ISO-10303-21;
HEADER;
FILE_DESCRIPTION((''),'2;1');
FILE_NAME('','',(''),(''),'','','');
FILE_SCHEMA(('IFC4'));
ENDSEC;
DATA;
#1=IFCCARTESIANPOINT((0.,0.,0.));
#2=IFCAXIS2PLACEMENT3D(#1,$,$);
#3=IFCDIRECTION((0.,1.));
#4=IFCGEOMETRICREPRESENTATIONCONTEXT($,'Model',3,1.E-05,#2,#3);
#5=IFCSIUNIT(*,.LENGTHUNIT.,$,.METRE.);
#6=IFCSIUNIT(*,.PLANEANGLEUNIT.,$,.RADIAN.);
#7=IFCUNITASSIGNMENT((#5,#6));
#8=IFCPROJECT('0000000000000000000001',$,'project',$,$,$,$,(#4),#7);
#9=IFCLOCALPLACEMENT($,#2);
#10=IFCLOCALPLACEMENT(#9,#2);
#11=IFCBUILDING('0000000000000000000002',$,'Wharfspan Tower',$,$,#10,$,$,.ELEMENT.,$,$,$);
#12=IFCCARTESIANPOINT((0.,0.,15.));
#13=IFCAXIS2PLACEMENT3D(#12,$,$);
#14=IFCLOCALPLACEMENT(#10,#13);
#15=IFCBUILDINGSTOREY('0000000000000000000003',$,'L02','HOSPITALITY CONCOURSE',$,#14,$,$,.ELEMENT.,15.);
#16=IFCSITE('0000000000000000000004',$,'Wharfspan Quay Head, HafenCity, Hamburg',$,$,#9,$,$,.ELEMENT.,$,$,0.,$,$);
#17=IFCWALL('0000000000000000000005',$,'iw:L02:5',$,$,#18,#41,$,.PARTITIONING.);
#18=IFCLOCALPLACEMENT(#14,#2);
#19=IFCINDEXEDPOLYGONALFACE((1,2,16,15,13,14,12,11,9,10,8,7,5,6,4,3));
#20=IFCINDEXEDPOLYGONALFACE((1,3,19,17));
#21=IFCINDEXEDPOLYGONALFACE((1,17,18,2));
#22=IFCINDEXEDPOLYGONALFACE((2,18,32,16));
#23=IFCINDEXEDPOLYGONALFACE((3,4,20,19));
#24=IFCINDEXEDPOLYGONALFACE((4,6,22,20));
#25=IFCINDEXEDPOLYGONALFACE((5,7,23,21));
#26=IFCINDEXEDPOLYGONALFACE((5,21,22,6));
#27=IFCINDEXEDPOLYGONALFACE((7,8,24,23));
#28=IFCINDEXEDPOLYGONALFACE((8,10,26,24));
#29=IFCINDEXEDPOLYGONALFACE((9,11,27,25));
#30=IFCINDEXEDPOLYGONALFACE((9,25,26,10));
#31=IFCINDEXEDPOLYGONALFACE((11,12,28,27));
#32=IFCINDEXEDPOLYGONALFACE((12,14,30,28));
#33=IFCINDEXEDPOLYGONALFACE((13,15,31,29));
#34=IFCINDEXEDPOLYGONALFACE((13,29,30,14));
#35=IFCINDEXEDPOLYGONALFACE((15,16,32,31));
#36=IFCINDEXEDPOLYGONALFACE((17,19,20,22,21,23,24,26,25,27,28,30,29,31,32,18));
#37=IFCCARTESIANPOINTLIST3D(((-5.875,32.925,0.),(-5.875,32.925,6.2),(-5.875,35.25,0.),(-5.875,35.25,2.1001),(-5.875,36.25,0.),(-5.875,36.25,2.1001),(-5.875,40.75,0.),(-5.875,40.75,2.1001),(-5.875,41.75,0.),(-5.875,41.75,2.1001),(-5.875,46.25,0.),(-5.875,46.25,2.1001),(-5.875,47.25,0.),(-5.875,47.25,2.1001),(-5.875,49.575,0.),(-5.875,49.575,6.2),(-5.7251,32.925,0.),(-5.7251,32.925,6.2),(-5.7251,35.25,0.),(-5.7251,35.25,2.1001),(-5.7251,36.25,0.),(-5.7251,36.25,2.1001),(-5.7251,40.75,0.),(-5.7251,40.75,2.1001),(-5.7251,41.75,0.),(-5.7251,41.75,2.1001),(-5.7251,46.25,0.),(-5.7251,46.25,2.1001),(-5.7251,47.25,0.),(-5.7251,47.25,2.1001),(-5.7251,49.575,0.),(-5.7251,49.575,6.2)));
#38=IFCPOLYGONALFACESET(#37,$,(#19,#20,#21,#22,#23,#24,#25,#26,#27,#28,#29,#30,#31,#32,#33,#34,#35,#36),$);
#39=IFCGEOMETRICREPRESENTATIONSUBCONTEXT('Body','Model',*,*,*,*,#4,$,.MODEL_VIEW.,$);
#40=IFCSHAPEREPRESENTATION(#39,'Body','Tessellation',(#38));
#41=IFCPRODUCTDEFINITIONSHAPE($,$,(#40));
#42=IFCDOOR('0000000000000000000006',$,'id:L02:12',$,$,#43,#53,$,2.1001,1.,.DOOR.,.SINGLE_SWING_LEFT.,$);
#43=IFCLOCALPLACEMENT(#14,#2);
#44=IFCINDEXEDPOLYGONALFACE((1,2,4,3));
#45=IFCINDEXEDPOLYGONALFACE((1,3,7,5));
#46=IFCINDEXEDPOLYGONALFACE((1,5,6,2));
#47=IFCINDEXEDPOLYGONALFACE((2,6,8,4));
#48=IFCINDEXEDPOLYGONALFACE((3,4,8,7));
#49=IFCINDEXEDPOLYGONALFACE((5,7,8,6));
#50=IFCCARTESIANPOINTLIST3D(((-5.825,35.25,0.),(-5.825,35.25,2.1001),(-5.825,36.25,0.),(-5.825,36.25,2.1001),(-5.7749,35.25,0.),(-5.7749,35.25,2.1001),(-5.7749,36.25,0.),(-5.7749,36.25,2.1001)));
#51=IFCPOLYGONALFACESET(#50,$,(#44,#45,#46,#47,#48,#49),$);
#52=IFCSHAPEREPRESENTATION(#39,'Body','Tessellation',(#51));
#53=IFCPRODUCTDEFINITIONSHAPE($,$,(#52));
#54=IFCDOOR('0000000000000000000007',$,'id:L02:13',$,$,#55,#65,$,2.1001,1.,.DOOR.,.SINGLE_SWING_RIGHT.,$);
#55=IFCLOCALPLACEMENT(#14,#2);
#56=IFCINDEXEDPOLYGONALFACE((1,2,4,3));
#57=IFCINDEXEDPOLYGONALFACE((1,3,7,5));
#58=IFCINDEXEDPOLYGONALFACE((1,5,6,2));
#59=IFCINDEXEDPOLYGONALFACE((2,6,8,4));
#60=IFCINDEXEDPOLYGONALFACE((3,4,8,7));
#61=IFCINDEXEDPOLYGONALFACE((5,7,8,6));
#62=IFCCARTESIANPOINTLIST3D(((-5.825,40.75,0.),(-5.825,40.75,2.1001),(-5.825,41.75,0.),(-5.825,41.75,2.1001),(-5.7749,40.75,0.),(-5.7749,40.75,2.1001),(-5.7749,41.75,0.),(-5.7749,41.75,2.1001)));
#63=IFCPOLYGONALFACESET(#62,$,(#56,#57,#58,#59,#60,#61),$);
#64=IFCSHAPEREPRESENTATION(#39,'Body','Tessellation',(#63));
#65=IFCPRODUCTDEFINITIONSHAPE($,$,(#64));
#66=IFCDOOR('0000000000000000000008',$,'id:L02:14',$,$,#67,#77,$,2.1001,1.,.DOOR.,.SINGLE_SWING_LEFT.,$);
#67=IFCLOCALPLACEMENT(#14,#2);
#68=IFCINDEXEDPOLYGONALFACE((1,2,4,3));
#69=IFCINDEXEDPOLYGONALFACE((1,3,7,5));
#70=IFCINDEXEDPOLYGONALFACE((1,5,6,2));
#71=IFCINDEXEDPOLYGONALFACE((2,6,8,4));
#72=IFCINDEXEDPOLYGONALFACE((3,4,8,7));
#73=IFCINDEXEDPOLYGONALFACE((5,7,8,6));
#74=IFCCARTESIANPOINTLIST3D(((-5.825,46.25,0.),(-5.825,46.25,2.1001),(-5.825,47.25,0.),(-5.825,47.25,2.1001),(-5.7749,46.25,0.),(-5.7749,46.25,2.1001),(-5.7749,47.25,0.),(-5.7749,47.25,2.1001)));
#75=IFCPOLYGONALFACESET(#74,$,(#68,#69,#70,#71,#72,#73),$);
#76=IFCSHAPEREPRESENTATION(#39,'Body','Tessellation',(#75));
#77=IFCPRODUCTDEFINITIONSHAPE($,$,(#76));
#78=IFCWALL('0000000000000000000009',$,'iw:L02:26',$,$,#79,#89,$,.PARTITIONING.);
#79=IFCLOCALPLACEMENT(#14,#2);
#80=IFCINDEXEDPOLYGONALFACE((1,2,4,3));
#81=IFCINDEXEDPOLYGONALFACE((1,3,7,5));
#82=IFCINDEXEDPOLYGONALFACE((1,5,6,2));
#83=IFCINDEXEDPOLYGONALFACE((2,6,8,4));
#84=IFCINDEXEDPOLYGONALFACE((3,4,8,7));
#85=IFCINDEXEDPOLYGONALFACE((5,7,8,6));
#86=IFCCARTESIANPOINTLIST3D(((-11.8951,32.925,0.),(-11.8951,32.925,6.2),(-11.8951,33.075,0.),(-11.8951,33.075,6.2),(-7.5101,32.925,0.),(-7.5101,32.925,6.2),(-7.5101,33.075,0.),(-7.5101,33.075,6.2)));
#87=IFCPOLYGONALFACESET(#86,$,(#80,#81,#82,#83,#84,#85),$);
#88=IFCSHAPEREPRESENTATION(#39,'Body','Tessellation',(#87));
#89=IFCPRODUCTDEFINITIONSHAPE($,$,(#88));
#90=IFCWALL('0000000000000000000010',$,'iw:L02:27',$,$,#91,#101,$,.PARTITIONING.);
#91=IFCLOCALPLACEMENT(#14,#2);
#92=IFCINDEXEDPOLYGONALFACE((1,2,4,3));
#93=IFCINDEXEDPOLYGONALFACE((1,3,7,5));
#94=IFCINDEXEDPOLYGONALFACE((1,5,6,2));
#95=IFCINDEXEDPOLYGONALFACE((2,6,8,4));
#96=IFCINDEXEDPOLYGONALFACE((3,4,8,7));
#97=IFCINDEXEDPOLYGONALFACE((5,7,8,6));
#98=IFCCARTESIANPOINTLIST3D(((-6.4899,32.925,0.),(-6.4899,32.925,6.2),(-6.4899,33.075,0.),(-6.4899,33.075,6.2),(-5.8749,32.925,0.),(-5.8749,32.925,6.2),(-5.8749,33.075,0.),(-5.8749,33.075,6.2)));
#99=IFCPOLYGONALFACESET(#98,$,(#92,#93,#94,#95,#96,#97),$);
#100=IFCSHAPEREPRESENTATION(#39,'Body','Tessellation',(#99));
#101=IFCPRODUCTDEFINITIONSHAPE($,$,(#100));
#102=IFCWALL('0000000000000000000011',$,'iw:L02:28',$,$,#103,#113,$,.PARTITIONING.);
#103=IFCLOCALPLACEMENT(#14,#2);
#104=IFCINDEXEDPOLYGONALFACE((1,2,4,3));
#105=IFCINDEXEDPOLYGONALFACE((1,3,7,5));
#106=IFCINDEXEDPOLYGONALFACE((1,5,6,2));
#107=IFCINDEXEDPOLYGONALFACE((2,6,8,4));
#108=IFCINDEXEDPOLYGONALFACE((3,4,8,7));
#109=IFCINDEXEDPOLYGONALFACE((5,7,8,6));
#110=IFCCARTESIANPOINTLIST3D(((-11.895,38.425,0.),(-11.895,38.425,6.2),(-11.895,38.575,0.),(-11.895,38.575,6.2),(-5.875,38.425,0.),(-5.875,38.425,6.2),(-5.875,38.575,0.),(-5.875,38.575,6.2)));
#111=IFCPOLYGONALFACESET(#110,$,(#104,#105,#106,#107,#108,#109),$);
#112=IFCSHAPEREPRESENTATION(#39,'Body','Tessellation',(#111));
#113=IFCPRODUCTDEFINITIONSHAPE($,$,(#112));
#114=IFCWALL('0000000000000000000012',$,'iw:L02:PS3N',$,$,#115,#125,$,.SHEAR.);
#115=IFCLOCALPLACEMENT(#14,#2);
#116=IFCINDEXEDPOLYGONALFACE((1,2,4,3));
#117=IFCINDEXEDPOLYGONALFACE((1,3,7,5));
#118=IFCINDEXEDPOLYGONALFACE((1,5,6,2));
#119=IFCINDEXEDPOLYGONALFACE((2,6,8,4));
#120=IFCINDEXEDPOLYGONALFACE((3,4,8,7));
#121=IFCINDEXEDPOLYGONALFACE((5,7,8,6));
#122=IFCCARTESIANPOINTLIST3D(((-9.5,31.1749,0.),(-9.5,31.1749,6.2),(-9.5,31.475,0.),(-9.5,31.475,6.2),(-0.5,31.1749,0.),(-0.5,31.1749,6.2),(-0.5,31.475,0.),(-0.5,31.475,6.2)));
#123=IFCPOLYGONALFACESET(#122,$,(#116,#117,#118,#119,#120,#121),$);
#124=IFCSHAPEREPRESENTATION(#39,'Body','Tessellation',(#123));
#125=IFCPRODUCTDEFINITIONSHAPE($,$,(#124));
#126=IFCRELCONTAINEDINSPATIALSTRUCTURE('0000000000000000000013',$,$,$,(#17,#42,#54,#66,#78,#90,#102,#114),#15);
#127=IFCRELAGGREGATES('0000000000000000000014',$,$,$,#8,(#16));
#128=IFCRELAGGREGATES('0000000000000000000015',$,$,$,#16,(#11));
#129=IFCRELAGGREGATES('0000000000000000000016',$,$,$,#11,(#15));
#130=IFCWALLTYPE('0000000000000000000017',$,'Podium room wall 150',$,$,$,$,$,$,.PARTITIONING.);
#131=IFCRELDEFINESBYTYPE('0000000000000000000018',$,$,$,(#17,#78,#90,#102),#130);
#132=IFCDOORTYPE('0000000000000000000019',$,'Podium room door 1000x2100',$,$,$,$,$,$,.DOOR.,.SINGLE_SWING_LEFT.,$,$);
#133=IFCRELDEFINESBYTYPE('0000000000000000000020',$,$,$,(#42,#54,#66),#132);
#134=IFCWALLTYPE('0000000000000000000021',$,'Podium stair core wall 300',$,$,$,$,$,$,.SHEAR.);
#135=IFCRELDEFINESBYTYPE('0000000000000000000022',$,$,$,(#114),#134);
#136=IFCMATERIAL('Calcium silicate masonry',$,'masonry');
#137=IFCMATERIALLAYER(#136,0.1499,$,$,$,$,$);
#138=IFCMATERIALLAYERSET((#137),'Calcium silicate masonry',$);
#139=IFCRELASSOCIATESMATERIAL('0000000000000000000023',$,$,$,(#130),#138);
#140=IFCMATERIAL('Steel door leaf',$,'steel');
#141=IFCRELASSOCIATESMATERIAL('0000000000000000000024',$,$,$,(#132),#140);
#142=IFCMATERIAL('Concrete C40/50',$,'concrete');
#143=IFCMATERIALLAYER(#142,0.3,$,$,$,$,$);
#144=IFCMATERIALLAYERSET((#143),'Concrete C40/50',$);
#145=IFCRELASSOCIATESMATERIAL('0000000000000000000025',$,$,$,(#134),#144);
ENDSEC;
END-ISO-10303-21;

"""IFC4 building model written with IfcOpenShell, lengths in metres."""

from ifc_helpers import new_model, si_unit, direction, frame, frame_2d, origin, place, context, subcontext, project, spatial, rectangle, extrude, material, layer, layer_set, type_object, element, fill, save


model = new_model("IFC4")

# Units and contexts
model_context = context("Model", 3, precision=1e-05, world=origin(), true_north=direction((0.0, 1.0)))
body_context = subcontext(model_context, "Body", "Model", "MODEL_VIEW")
ifc_project = project(units=[si_unit("LENGTHUNIT", "METRE"), si_unit("PLANEANGLEUNIT", "RADIAN")], contexts=[model_context])

# Site, building, storey
site_placement = place(None, origin())
site = spatial("IfcSite", under=ifc_project, at=site_placement, Name="Wharfspan Quay Head, HafenCity, Hamburg", CompositionType="ELEMENT", RefElevation=0.0)
building_placement = place(site_placement, origin())
building = spatial("IfcBuilding", under=site, at=building_placement, Name="Wharfspan Tower", CompositionType="ELEMENT")
storey_placement = place(building_placement, frame((0.0, 0.0, 15.0)))
storey = spatial("IfcBuildingStorey", under=building, at=storey_placement, Name="L02", Description="HOSPITALITY CONCOURSE", CompositionType="ELEMENT", Elevation=15.0)

# Wall, openings, doors
ifc_material_1 = material(Name="Calcium silicate masonry", Category="masonry")
ifc_layer_1 = layer(ifc_material_1, 0.1499)
ifc_layer_set_1 = layer_set([ifc_layer_1], Name="Calcium silicate masonry")
wall_type_1 = type_object("IfcWallType", Name="Podium room wall 150", PredefinedType="PARTITIONING", material=ifc_layer_set_1)
wall_1_placement = place(storey_placement, frame((-5.8, 32.925, 0.0), z_axis=(0.0, 0.0, 1.0), x_axis=(0.0, 1.0, 0.0)))
wall_1 = element("IfcWall", 1, at=wall_1_placement, inside=storey, type_object=wall_type_1, Name="iw:L02:5", PredefinedType="PARTITIONING", context=body_context, shape_type="SweptSolid", body=[
    extrude(rectangle(XDim=16.6499, YDim=0.1499, at=frame_2d((8.325, 0.0))), origin(), (0.0, 0.0, 1.0), 6.2),
])
opening_1_placement = place(wall_1_placement, frame((2.325, 0.0, 0.0)))
opening_1 = element("IfcOpeningElement", 2, at=opening_1_placement, cuts=wall_1, PredefinedType="OPENING", context=body_context, shape_type="SweptSolid", body=[
    extrude(rectangle(XDim=1.0, YDim=2.1001, at=frame_2d((0.5, 1.05))), frame((0.0, 0.085, 0.0), z_axis=(0.0, -1.0, 0.0), x_axis=(1.0, 0.0, 0.0)), (0.0, 0.0, 1.0), 0.1699),
])
opening_2_placement = place(wall_1_placement, frame((7.825, 0.0, 0.0)))
opening_2 = element("IfcOpeningElement", 3, at=opening_2_placement, cuts=wall_1, PredefinedType="OPENING", context=body_context, shape_type="SweptSolid", body=[
    extrude(rectangle(XDim=1.0, YDim=2.1001, at=frame_2d((0.5, 1.05))), frame((0.0, 0.085, 0.0), z_axis=(0.0, -1.0, 0.0), x_axis=(1.0, 0.0, 0.0)), (0.0, 0.0, 1.0), 0.1699),
])
opening_3_placement = place(wall_1_placement, frame((13.325, 0.0, 0.0)))
opening_3 = element("IfcOpeningElement", 4, at=opening_3_placement, cuts=wall_1, PredefinedType="OPENING", context=body_context, shape_type="SweptSolid", body=[
    extrude(rectangle(XDim=1.0, YDim=2.1001, at=frame_2d((0.5, 1.05))), frame((0.0, 0.085, 0.0), z_axis=(0.0, -1.0, 0.0), x_axis=(1.0, 0.0, 0.0)), (0.0, 0.0, 1.0), 0.1699),
])
ifc_material_2 = material(Name="Steel door leaf", Category="steel")
door_type = type_object("IfcDoorType", Name="Podium room door 1000x2100", OperationType="SINGLE_SWING_LEFT", PredefinedType="DOOR", material=ifc_material_2)
door_1_placement = place(opening_1_placement, origin())
door_1 = element("IfcDoor", 5, at=door_1_placement, inside=storey, type_object=door_type, Name="id:L02:12", OperationType="SINGLE_SWING_LEFT", OverallHeight=2.1001, OverallWidth=1.0, PredefinedType="DOOR", context=body_context, shape_type="SweptSolid", body=[
    extrude(rectangle(XDim=1.0, YDim=2.1001, at=frame_2d((0.5, 1.05))), frame((0.0, 0.0249, 0.0), z_axis=(0.0, -1.0, 0.0), x_axis=(1.0, 0.0, 0.0)), (0.0, 0.0, 1.0), 0.05),
])
fill(opening_1, door_1)
door_2_placement = place(opening_2_placement, origin())
door_2 = element("IfcDoor", 6, at=door_2_placement, inside=storey, type_object=door_type, Name="id:L02:13", OperationType="SINGLE_SWING_RIGHT", OverallHeight=2.1001, OverallWidth=1.0, PredefinedType="DOOR", context=body_context, shape_type="SweptSolid", body=[
    extrude(rectangle(XDim=1.0, YDim=2.1001, at=frame_2d((0.5, 1.05))), frame((0.0, 0.0249, 0.0), z_axis=(0.0, -1.0, 0.0), x_axis=(1.0, 0.0, 0.0)), (0.0, 0.0, 1.0), 0.05),
])
fill(opening_2, door_2)
door_3_placement = place(opening_3_placement, origin())
door_3 = element("IfcDoor", 7, at=door_3_placement, inside=storey, type_object=door_type, Name="id:L02:14", OperationType="SINGLE_SWING_LEFT", OverallHeight=2.1001, OverallWidth=1.0, PredefinedType="DOOR", context=body_context, shape_type="SweptSolid", body=[
    extrude(rectangle(XDim=1.0, YDim=2.1001, at=frame_2d((0.5, 1.05))), frame((0.0, 0.0249, 0.0), z_axis=(0.0, -1.0, 0.0), x_axis=(1.0, 0.0, 0.0)), (0.0, 0.0, 1.0), 0.05),
])
fill(opening_3, door_3)

# Walls
wall_2_placement = place(storey_placement, frame((-11.895, 33.0, 0.0), z_axis=(0.0, 0.0, 1.0), x_axis=(1.0, 0.0, 0.0)))
element("IfcWall", 8, at=wall_2_placement, inside=storey, type_object=wall_type_1, Name="iw:L02:26", PredefinedType="PARTITIONING", context=body_context, shape_type="SweptSolid", body=[
    extrude(rectangle(XDim=4.385, YDim=0.1499, at=frame_2d((2.1924, 0.0))), origin(), (0.0, 0.0, 1.0), 6.2),
])
wall_3_placement = place(storey_placement, frame((-6.49, 33.0, 0.0), z_axis=(0.0, 0.0, 1.0), x_axis=(1.0, 0.0, 0.0)))
element("IfcWall", 9, at=wall_3_placement, inside=storey, type_object=wall_type_1, Name="iw:L02:27", PredefinedType="PARTITIONING", context=body_context, shape_type="SweptSolid", body=[
    extrude(rectangle(XDim=0.615, YDim=0.1499, at=frame_2d((0.3076, 0.0))), origin(), (0.0, 0.0, 1.0), 6.2),
])
wall_4_placement = place(storey_placement, frame((-11.895, 38.5, 0.0), z_axis=(0.0, 0.0, 1.0), x_axis=(1.0, 0.0, 0.0)))
element("IfcWall", 10, at=wall_4_placement, inside=storey, type_object=wall_type_1, Name="iw:L02:28", PredefinedType="PARTITIONING", context=body_context, shape_type="SweptSolid", body=[
    extrude(rectangle(XDim=6.02, YDim=0.1499, at=frame_2d((3.01, 0.0))), origin(), (0.0, 0.0, 1.0), 6.2),
])
ifc_material_3 = material(Name="Concrete C40/50", Category="concrete")
ifc_layer_2 = layer(ifc_material_3, 0.3)
ifc_layer_set_2 = layer_set([ifc_layer_2], Name="Concrete C40/50")
wall_type_2 = type_object("IfcWallType", Name="Podium stair core wall 300", PredefinedType="SHEAR", material=ifc_layer_set_2)
wall_5_placement = place(storey_placement, frame((-9.5, 31.325, 0.0), z_axis=(0.0, 0.0, 1.0), x_axis=(1.0, 0.0, 0.0)))
element("IfcWall", 11, at=wall_5_placement, inside=storey, type_object=wall_type_2, Name="iw:L02:PS3N", PredefinedType="SHEAR", context=body_context, shape_type="SweptSolid", body=[
    extrude(rectangle(XDim=9.0, YDim=0.3, at=frame_2d((4.5, 0.0))), origin(), (0.0, 0.0, 1.0), 6.2),
])

save(model, "model.ifc")
